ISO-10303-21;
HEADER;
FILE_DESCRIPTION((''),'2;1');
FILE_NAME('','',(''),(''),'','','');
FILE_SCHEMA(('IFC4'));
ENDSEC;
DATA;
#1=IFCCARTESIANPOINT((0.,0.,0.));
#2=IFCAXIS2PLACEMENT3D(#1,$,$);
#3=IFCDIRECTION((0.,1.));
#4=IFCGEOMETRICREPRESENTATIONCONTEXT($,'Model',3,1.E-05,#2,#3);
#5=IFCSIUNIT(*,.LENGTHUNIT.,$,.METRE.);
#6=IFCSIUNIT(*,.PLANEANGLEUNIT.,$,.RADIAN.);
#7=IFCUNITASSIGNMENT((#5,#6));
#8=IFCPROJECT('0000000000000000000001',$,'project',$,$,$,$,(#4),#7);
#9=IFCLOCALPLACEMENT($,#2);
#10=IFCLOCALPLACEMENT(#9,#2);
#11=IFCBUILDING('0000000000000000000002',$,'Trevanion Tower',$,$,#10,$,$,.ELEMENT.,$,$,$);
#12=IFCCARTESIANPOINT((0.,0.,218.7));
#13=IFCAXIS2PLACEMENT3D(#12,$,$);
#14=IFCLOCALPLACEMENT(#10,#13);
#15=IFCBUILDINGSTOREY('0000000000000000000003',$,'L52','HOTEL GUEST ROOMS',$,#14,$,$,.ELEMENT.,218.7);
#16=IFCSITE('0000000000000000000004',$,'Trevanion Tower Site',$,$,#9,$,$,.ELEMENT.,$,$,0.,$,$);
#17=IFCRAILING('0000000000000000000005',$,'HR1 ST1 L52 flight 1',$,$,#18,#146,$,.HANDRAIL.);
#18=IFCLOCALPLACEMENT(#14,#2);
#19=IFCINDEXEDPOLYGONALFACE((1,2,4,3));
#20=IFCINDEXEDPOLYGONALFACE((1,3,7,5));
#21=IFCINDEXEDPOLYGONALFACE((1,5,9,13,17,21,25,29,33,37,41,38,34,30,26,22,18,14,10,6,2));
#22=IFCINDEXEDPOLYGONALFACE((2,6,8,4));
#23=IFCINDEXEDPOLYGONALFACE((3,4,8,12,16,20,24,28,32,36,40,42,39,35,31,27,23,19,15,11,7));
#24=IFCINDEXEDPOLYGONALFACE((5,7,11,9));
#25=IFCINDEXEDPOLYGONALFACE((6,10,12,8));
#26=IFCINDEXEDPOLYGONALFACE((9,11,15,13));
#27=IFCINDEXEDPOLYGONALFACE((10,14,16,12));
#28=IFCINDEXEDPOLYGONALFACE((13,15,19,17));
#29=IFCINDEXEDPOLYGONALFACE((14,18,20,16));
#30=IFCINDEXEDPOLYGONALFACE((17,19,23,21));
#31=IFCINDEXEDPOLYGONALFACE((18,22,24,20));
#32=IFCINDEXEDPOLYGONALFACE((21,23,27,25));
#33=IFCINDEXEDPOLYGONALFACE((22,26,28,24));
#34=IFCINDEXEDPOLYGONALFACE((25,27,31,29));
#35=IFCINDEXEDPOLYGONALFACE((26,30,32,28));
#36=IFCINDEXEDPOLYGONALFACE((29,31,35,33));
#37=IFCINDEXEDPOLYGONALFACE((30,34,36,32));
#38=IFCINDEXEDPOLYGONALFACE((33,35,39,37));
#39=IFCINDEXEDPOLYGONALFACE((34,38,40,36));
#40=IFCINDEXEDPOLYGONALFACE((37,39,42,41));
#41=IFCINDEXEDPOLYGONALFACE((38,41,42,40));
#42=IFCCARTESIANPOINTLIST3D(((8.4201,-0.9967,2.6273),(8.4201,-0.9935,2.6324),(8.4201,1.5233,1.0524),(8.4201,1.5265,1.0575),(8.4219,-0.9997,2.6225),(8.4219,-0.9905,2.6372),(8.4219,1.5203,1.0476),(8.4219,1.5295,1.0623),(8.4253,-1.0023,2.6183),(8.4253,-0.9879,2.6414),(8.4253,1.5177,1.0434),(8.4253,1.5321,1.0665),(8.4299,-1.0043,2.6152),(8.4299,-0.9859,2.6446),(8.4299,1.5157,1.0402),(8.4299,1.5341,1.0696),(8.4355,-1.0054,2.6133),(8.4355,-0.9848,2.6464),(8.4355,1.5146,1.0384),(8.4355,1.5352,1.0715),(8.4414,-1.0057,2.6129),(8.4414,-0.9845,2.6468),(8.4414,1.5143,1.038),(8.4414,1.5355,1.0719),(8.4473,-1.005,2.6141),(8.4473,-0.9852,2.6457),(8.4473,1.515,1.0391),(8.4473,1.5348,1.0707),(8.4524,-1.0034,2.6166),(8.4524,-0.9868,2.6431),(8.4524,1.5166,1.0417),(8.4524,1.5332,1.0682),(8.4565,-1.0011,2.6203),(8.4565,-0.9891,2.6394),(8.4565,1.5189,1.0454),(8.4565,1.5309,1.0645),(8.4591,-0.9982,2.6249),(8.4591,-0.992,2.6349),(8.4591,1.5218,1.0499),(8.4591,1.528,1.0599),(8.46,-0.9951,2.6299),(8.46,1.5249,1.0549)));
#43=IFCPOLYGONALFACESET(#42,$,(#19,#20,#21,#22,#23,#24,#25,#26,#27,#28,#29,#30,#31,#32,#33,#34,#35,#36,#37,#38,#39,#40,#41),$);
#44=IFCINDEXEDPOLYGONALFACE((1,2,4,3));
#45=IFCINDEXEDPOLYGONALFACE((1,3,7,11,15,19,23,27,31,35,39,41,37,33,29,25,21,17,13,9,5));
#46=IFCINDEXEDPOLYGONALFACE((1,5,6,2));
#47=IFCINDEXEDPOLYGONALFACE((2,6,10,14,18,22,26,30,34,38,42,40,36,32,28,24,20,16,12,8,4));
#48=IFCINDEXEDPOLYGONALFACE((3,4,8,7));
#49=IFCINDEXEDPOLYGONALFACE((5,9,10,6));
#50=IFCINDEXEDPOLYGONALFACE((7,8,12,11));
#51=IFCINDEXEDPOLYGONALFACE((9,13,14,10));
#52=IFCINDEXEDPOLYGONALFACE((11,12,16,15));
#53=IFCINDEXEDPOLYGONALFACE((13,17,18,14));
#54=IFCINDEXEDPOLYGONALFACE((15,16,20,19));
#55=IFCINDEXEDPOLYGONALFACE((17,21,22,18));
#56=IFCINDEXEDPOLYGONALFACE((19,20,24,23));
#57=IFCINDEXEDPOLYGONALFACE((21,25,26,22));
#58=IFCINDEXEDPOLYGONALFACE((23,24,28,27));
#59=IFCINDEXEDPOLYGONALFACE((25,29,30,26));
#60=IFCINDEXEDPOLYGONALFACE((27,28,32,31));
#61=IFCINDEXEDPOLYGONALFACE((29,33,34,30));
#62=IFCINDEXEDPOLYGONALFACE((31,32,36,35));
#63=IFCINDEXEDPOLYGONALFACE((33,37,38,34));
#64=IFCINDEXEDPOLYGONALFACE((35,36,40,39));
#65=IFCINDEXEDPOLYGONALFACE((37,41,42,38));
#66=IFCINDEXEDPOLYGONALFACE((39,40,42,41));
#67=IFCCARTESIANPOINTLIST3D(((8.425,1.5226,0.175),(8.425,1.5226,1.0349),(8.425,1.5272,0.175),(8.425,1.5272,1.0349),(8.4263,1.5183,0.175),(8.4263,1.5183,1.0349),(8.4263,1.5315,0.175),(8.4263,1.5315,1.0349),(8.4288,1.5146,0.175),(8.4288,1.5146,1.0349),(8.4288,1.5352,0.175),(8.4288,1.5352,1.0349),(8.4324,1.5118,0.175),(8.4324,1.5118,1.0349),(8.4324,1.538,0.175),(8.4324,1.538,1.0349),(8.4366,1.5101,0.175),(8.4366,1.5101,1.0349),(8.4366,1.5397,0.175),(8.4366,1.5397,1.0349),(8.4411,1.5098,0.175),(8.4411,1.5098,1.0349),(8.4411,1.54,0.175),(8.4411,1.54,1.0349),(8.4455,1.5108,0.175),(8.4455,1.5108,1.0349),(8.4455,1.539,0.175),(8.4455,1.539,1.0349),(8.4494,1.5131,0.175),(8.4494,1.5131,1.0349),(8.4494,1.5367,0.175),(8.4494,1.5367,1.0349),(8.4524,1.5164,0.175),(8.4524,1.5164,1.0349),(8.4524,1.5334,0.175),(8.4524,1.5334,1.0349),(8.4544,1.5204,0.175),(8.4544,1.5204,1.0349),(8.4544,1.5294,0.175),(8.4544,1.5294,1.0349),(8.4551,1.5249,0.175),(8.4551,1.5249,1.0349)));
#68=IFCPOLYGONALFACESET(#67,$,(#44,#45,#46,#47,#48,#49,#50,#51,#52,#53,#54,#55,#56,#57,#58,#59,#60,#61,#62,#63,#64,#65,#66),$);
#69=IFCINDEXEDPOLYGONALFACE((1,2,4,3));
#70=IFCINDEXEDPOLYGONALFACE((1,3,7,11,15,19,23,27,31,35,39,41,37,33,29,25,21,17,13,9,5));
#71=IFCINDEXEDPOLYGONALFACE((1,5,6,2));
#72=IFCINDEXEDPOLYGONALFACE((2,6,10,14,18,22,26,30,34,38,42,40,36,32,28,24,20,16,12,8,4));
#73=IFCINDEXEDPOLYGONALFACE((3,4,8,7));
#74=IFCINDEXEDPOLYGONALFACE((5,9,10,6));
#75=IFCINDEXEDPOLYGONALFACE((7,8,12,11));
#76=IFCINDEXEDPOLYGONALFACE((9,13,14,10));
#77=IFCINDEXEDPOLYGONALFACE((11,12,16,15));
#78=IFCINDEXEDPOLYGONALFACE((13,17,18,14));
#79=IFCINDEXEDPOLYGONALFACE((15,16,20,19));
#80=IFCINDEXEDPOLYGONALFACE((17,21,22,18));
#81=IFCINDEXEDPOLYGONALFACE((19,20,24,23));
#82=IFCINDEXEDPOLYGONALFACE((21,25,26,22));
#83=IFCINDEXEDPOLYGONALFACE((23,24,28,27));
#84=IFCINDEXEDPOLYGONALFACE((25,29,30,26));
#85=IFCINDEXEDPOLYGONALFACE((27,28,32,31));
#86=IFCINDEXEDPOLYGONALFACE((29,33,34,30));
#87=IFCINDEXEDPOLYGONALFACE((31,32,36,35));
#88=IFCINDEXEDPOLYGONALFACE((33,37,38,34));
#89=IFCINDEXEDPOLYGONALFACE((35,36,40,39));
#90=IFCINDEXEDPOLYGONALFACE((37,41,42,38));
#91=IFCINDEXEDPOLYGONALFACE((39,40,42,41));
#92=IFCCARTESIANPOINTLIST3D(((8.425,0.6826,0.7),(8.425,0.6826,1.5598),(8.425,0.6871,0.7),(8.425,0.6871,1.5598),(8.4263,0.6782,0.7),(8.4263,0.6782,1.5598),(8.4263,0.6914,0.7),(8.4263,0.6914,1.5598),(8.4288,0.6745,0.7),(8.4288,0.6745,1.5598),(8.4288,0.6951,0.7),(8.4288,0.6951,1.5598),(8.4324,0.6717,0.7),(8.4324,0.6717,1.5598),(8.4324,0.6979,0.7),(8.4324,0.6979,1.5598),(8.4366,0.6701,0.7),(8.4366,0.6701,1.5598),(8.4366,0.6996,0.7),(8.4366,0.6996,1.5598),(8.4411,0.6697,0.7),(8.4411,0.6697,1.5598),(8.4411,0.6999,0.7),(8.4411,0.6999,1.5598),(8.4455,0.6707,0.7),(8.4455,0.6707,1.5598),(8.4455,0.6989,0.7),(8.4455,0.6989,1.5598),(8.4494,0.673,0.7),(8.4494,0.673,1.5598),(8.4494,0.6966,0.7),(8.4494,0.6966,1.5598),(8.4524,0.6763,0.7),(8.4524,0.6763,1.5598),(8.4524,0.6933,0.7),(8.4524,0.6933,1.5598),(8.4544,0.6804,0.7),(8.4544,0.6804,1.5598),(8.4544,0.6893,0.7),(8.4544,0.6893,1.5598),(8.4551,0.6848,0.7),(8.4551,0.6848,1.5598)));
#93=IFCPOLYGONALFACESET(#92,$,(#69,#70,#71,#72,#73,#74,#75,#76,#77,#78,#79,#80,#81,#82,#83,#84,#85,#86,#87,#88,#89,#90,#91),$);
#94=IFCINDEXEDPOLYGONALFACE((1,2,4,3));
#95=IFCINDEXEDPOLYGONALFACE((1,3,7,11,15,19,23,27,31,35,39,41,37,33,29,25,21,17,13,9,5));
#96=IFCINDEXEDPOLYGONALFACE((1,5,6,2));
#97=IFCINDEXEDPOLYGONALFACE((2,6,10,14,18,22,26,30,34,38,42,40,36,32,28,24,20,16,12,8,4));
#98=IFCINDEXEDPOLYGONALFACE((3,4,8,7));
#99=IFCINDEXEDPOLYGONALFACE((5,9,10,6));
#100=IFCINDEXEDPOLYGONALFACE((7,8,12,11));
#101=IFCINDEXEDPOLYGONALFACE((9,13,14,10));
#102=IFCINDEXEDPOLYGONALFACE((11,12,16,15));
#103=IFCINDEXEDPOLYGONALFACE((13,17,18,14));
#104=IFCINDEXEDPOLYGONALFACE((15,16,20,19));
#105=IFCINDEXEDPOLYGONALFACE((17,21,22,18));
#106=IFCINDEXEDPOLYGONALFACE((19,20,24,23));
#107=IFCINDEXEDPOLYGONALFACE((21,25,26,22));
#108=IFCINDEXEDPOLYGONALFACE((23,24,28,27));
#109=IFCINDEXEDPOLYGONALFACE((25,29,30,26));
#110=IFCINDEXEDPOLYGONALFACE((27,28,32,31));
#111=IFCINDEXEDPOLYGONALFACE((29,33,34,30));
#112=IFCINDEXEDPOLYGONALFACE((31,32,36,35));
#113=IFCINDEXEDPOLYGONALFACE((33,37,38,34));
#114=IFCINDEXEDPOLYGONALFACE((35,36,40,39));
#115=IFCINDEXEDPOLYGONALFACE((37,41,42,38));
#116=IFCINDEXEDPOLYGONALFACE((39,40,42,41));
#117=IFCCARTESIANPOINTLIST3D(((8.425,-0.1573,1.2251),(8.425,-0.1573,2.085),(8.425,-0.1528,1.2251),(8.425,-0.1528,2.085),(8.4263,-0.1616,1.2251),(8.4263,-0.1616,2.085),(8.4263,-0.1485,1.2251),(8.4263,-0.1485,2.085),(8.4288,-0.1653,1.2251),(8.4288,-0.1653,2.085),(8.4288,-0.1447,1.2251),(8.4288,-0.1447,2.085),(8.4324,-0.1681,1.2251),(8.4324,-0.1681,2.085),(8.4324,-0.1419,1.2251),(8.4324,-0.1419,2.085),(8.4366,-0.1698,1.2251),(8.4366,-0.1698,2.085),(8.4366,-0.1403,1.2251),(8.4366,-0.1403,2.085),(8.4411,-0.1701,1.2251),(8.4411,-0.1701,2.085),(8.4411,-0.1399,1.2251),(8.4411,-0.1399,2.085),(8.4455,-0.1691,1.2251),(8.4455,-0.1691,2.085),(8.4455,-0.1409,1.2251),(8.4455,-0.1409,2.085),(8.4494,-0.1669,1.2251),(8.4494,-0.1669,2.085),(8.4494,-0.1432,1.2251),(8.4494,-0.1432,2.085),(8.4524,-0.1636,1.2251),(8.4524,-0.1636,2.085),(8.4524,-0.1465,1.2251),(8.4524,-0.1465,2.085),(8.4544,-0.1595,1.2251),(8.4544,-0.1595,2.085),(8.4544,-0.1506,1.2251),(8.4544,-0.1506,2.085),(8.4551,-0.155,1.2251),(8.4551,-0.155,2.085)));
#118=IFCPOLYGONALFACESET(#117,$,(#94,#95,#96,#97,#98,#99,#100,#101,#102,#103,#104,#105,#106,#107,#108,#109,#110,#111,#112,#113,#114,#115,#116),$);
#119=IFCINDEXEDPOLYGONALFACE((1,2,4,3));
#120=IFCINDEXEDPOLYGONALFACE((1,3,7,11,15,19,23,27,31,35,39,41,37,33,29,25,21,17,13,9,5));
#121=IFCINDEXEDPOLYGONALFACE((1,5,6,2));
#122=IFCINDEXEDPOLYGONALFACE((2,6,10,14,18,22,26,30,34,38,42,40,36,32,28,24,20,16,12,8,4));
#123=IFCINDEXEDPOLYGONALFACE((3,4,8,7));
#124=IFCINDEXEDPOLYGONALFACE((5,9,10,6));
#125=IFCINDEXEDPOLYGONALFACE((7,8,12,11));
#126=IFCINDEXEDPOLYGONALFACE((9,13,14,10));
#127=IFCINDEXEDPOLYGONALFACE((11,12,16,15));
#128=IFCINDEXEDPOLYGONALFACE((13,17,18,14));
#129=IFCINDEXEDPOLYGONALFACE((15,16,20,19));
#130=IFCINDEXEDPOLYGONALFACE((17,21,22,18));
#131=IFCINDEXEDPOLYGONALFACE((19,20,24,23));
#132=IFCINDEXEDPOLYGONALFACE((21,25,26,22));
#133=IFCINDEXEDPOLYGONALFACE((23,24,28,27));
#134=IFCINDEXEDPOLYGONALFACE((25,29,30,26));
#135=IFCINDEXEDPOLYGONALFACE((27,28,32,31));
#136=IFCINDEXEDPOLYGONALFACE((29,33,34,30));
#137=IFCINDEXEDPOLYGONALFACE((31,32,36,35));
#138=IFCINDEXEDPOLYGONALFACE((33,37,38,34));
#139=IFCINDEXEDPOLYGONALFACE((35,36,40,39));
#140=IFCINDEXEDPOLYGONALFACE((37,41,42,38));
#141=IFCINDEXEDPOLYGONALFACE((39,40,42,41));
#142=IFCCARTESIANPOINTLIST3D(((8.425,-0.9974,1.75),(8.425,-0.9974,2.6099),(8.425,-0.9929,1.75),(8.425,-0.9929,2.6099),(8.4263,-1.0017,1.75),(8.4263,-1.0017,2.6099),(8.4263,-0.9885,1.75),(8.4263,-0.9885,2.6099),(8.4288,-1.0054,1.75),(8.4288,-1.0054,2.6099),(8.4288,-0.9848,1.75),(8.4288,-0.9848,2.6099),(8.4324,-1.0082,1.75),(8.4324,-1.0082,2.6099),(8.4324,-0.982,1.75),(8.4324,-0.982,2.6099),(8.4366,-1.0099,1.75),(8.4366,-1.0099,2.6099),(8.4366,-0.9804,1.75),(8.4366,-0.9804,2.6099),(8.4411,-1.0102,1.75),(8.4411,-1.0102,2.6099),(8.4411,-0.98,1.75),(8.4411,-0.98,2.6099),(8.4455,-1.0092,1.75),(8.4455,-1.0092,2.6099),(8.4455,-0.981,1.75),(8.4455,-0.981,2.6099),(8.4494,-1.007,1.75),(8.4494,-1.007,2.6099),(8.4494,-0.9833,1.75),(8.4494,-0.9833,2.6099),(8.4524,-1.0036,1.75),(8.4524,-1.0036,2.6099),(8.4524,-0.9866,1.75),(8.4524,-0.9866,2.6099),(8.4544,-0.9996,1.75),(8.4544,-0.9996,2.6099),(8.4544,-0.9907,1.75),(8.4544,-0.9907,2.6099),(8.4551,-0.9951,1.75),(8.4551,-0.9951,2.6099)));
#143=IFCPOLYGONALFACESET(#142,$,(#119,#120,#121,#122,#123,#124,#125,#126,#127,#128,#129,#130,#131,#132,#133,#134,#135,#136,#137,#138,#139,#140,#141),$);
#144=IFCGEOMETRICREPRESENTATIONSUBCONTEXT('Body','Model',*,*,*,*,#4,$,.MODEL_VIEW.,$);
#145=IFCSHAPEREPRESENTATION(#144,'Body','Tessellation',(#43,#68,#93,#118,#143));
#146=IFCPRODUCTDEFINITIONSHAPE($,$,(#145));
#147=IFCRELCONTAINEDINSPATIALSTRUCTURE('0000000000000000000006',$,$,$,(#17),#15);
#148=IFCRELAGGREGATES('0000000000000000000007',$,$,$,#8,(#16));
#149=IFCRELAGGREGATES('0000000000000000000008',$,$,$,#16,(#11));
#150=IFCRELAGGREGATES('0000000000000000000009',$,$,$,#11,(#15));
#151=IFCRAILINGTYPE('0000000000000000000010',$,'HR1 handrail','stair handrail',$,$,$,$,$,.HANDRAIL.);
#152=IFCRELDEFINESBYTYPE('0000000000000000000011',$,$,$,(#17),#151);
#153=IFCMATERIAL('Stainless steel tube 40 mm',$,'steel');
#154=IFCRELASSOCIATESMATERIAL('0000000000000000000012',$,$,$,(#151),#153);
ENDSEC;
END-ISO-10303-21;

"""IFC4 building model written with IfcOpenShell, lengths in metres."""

from ifc_helpers import new_model, si_unit, direction, frame, origin, origin_2d, place, context, subcontext, project, spatial, circle, extrude, material, type_object, element, save


model = new_model("IFC4")

# Units and contexts
model_context = context("Model", 3, precision=1e-05, world=origin(), true_north=direction((0.0, 1.0)))
body_context = subcontext(model_context, "Body", "Model", "MODEL_VIEW")
ifc_project = project(units=[si_unit("LENGTHUNIT", "METRE"), si_unit("PLANEANGLEUNIT", "RADIAN")], contexts=[model_context])

# Site, building, storey
site_placement = place(None, origin())
site = spatial("IfcSite", under=ifc_project, at=site_placement, Name="Trevanion Tower Site", CompositionType="ELEMENT", RefElevation=0.0)
building_placement = place(site_placement, origin())
building = spatial("IfcBuilding", under=site, at=building_placement, Name="Trevanion Tower", CompositionType="ELEMENT")
storey_placement = place(building_placement, frame((0.0, 0.0, 218.7)))
storey = spatial("IfcBuildingStorey", under=building, at=storey_placement, Name="L52", Description="HOTEL GUEST ROOMS", CompositionType="ELEMENT", Elevation=218.7)

# Railing
ifc_material_1 = material(Name="Stainless steel tube 40 mm", Category="steel")
railing_type = type_object("IfcRailingType", Name="HR1 handrail", Description="stair handrail", PredefinedType="HANDRAIL", material=ifc_material_1)
for number, where, name in (
    (1, (8.4399, 1.5249, 0.175), "HR1 ST1 L52 flight 1"),
):
    element("IfcRailing", number, at=place(storey_placement, frame(where)), inside=storey, type_object=railing_type, Name=name, PredefinedType="HANDRAIL", context=body_context, shape_type="SweptSolid", body=[
        extrude(circle(Radius=0.02, at=origin_2d()), frame((0.0, 0.0, 0.8799), z_axis=(0.0, -0.848008, 0.529984), x_axis=(1.0, 0.0, 0.0)), (0.0, 0.0, 1.0), 2.9717),
        extrude(circle(Radius=0.0151, at=origin_2d()), origin(), (0.0, 0.0, 1.0), 0.8599),
        extrude(circle(Radius=0.0151, at=origin_2d()), frame((0.0, -0.8401, 0.5249)), (0.0, 0.0, 1.0), 0.8599),
        extrude(circle(Radius=0.0151, at=origin_2d()), frame((0.0, -1.6799, 1.05)), (0.0, 0.0, 1.0), 0.8599),
        extrude(circle(Radius=0.0151, at=origin_2d()), frame((0.0, -2.52, 1.575)), (0.0, 0.0, 1.0), 0.8599),
    ])

save(model, "model.ifc")
